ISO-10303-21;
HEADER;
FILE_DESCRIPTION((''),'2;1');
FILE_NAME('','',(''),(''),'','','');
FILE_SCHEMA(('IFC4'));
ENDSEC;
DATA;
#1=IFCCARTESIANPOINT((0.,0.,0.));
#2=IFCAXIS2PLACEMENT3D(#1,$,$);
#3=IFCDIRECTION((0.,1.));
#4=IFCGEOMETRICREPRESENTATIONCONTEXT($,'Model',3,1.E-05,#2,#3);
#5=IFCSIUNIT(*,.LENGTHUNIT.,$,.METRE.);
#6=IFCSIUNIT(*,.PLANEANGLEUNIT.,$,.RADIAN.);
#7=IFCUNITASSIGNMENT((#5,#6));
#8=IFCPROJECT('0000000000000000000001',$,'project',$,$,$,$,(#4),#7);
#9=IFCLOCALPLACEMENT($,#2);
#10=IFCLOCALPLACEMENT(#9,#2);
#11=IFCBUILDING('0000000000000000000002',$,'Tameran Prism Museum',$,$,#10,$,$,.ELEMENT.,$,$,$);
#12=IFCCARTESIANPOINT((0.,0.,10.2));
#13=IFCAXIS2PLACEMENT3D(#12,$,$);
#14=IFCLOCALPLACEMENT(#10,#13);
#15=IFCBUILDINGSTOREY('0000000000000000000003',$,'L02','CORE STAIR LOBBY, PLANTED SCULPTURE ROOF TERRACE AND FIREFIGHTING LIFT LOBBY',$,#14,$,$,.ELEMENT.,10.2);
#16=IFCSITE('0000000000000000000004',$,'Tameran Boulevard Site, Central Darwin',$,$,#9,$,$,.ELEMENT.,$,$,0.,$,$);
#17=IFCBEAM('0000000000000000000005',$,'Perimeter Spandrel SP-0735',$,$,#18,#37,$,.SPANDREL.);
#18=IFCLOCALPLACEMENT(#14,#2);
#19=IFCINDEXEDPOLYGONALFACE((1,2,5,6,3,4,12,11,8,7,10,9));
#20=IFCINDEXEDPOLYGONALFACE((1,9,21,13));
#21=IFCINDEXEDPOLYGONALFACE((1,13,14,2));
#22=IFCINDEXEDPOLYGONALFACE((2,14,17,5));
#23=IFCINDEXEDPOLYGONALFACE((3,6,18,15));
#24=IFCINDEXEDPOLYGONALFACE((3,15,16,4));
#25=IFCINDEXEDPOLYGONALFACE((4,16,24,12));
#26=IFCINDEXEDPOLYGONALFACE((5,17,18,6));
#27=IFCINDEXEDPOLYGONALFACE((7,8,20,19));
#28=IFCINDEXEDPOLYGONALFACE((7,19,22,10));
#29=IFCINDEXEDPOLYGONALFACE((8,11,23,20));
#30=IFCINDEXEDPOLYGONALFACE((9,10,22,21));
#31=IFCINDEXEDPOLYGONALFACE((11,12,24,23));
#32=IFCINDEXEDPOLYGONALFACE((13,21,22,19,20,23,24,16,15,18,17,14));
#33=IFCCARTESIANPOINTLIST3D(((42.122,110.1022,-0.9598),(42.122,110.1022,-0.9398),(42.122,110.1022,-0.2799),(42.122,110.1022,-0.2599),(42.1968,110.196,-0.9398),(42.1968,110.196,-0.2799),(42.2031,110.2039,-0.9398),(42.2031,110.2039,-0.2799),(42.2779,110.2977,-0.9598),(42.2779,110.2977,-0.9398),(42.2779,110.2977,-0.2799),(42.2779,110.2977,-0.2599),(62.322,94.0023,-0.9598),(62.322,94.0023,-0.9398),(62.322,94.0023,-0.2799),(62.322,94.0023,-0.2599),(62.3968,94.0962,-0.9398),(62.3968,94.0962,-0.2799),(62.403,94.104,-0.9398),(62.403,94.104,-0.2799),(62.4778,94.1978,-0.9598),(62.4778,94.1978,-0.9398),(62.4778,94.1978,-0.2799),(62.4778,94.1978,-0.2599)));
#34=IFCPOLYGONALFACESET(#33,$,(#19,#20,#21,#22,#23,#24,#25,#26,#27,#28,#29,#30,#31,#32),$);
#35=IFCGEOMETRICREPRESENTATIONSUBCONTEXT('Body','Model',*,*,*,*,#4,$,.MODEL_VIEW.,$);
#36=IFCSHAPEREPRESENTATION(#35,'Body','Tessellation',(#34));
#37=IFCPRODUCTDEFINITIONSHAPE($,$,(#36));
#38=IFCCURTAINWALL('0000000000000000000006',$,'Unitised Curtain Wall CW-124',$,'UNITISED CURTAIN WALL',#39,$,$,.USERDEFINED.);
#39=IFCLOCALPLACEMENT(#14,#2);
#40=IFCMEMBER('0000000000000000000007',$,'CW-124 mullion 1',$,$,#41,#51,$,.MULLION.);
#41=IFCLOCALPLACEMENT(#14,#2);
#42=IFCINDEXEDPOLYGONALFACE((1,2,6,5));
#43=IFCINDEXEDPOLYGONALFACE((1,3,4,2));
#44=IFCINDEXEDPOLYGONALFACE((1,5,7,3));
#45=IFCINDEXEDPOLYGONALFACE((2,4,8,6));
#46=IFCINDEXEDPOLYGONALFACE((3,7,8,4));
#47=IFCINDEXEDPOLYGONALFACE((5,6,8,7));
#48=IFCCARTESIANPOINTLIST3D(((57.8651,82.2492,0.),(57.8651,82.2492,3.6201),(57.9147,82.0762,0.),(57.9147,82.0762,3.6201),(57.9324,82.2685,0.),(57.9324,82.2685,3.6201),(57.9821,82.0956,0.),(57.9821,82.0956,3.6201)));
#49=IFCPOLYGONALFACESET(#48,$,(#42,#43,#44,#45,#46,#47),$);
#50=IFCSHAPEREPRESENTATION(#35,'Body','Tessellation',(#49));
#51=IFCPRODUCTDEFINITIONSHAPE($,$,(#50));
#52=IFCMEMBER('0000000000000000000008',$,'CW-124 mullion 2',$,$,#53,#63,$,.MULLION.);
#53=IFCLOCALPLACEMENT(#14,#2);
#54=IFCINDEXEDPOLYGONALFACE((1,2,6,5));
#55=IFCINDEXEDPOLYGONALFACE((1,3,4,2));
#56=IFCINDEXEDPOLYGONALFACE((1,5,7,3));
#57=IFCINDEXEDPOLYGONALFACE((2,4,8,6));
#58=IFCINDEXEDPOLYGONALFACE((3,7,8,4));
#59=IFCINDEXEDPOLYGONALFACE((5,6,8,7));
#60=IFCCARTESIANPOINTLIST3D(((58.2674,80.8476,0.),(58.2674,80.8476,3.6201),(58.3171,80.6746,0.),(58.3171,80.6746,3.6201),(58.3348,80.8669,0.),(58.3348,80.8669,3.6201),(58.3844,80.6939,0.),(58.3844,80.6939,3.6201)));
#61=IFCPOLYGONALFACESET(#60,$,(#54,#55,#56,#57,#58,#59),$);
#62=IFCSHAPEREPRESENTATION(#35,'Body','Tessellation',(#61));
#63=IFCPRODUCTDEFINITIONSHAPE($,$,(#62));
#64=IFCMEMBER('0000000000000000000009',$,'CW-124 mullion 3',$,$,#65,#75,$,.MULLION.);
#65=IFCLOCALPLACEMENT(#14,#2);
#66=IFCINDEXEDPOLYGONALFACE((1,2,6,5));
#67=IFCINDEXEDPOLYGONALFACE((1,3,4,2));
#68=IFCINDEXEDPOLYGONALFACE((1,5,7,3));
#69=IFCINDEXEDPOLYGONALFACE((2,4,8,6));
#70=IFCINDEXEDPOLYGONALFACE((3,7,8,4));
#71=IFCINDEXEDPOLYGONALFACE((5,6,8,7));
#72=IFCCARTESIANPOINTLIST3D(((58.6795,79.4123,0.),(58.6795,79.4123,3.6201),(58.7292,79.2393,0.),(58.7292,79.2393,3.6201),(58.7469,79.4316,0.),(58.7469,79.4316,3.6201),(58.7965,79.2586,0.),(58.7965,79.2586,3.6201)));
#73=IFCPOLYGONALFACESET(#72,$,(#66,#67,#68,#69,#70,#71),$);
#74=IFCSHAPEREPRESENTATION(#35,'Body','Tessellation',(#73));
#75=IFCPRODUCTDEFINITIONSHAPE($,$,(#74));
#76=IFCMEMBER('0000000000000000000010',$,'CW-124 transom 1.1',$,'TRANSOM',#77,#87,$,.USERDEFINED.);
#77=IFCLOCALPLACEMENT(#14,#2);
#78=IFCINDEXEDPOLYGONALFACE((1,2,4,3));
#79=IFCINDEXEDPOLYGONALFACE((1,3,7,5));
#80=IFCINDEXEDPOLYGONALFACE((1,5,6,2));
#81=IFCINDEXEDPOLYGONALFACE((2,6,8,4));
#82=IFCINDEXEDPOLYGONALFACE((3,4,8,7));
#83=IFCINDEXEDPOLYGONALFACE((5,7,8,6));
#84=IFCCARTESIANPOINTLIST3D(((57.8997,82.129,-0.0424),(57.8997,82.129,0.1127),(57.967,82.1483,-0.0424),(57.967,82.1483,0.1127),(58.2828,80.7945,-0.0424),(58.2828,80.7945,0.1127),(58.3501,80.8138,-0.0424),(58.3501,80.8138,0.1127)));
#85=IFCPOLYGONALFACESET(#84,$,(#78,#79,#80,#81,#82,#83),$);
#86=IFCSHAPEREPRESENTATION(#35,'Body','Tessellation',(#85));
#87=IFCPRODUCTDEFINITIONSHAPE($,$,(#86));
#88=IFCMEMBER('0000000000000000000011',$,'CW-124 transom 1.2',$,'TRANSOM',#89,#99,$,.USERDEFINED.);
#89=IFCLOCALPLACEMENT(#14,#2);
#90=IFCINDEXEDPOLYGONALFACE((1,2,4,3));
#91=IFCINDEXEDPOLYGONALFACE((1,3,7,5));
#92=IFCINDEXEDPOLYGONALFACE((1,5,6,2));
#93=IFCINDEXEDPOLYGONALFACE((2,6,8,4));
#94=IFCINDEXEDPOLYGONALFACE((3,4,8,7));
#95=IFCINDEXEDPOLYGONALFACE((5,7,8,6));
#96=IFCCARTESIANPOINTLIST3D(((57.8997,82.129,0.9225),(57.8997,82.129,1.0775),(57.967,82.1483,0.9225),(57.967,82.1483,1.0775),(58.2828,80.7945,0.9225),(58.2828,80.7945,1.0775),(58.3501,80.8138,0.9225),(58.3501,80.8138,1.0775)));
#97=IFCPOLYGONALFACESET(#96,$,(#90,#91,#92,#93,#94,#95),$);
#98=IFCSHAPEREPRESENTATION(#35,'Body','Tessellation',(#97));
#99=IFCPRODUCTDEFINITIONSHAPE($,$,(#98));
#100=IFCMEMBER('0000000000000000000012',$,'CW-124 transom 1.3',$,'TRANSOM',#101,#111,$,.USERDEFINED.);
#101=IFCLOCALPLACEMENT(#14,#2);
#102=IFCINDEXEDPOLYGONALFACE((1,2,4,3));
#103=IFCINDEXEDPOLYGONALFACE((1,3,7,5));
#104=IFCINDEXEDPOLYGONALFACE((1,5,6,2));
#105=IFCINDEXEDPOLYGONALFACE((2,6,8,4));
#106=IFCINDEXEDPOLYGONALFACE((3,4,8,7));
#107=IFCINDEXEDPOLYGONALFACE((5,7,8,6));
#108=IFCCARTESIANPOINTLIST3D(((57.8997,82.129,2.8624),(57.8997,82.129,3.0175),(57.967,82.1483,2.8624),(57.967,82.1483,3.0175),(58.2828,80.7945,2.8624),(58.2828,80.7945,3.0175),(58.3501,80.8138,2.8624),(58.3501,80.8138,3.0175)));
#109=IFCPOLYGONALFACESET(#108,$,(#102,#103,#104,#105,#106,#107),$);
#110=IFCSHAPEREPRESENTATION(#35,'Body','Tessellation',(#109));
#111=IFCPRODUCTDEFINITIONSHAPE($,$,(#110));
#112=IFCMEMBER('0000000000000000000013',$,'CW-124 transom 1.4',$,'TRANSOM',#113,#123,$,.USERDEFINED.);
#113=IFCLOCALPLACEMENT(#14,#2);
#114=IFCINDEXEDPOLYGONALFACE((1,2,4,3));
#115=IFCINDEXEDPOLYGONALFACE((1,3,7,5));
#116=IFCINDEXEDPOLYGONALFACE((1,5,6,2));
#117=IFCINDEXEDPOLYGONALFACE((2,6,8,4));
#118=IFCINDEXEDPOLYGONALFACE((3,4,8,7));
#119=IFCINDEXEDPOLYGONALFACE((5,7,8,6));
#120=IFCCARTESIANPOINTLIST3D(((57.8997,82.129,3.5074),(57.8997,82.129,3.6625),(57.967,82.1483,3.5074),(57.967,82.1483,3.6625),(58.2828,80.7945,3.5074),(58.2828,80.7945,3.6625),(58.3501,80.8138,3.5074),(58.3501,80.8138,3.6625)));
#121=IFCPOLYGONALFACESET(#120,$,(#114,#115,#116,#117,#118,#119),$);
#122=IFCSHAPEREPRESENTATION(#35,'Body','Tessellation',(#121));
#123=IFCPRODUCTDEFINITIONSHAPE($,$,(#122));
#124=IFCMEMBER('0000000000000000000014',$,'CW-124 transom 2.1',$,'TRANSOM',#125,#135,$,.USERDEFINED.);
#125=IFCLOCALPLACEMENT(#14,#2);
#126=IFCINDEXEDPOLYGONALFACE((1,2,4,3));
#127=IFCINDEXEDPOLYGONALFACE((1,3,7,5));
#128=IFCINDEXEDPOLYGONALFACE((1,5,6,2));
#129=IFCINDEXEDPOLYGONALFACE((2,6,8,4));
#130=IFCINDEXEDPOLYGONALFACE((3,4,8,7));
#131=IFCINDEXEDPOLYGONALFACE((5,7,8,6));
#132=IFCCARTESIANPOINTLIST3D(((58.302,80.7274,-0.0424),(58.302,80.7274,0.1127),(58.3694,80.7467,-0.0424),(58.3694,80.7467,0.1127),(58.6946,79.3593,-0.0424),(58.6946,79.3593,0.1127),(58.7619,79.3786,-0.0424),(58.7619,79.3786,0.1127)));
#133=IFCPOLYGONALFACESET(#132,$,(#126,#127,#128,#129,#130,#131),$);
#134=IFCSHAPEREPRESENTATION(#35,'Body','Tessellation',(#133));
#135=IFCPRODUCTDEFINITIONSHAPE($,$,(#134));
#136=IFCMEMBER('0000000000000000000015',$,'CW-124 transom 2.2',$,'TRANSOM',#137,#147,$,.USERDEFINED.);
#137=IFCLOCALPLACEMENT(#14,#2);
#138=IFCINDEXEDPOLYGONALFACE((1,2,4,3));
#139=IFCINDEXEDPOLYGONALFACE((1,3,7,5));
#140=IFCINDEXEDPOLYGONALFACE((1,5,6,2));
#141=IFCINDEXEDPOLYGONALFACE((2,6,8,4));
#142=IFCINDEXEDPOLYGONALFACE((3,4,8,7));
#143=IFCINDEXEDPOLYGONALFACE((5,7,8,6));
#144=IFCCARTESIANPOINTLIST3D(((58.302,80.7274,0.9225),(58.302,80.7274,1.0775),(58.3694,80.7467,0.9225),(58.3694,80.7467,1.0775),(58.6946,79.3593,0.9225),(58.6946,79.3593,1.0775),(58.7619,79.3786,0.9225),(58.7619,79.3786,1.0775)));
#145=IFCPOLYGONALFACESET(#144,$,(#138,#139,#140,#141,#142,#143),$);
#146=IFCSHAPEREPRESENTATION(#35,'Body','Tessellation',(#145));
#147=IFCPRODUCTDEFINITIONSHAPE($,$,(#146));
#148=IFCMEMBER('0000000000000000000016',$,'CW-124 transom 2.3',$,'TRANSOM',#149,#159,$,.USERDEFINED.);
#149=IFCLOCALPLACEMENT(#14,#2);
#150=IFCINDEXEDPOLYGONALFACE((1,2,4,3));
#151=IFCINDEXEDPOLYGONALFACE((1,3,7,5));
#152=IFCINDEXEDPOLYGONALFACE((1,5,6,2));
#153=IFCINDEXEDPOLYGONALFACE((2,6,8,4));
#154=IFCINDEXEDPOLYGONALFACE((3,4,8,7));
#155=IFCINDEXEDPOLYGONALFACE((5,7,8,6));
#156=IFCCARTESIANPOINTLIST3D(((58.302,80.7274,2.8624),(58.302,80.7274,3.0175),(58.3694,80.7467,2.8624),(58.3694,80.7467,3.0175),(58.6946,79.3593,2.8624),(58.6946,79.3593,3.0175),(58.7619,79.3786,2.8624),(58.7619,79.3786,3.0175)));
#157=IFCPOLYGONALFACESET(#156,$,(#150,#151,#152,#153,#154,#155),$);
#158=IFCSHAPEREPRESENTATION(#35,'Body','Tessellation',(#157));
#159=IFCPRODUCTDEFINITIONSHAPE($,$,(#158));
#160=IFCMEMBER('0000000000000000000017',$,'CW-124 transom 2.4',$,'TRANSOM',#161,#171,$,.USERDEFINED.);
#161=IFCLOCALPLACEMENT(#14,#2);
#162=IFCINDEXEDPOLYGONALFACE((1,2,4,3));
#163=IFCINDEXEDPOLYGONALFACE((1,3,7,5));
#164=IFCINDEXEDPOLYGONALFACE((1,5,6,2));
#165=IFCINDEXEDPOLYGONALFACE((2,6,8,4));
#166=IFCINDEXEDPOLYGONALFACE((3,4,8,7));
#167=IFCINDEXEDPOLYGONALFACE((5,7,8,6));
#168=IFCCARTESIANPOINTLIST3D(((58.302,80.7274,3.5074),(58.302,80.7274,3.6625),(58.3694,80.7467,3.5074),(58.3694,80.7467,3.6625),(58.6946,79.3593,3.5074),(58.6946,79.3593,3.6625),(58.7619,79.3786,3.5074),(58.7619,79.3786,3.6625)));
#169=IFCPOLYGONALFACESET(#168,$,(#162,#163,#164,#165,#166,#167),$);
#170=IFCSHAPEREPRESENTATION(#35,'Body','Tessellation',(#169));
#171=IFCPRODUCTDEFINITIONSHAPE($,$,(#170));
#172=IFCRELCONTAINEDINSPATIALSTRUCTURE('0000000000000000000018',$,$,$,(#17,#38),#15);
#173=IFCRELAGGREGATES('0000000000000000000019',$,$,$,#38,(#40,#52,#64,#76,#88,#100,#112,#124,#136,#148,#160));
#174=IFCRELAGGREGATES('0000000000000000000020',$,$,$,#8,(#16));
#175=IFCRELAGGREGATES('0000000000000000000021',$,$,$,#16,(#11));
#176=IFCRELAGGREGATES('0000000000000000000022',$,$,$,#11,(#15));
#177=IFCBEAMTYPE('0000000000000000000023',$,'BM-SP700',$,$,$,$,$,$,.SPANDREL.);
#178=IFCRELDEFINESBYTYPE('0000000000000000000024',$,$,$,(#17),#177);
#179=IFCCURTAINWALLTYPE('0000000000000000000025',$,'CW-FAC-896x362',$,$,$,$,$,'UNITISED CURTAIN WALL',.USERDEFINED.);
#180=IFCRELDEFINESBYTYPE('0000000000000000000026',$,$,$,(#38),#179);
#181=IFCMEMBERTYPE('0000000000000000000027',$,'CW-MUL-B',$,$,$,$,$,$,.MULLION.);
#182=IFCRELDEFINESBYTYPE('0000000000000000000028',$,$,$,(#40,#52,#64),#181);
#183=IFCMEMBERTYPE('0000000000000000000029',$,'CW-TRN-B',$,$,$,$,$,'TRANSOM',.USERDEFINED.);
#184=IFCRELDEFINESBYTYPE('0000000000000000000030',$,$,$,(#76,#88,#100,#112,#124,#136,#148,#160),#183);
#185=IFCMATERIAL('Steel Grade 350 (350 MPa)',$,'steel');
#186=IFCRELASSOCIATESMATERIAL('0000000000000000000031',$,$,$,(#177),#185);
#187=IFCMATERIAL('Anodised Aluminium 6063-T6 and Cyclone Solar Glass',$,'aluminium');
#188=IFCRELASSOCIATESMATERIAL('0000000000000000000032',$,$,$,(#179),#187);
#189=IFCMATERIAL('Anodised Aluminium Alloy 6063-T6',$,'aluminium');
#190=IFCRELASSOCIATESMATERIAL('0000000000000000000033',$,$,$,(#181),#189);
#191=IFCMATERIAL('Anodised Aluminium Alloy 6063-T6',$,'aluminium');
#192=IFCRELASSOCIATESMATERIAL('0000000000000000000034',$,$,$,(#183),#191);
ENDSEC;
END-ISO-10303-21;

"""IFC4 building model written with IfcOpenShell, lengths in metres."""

from ifc_helpers import new_model, si_unit, direction, frame, origin, origin_2d, place, context, subcontext, project, spatial, rectangle, i_section, extrude, material, material_profile, profile_set, type_object, element, aggregate, save


model = new_model("IFC4")

# Units and contexts
model_context = context("Model", 3, precision=1e-05, world=origin(), true_north=direction((0.0, 1.0)))
body_context = subcontext(model_context, "Body", "Model", "MODEL_VIEW")
ifc_project = project(units=[si_unit("LENGTHUNIT", "METRE"), si_unit("PLANEANGLEUNIT", "RADIAN")], contexts=[model_context])

# Site, building, storey
site_placement = place(None, origin())
site = spatial("IfcSite", under=ifc_project, at=site_placement, Name="Tameran Boulevard Site, Central Darwin", CompositionType="ELEMENT", RefElevation=0.0)
building_placement = place(site_placement, origin())
building = spatial("IfcBuilding", under=site, at=building_placement, Name="Tameran Prism Museum", CompositionType="ELEMENT")
storey_placement = place(building_placement, frame((0.0, 0.0, 10.2)))
storey = spatial("IfcBuildingStorey", under=building, at=storey_placement, Name="L02", Description="CORE STAIR LOBBY, PLANTED SCULPTURE ROOF TERRACE AND FIREFIGHTING LIFT LOBBY", CompositionType="ELEMENT", Elevation=10.2)

# Beam
ifc_material_1 = material(Name="Steel Grade 350 (350 MPa)", Category="steel")
ifc_material_profile_1 = material_profile(ifc_material_1, i_section(OverallWidth=0.25, OverallDepth=0.7, WebThickness=0.01, FlangeThickness=0.02, at=origin_2d()))
ifc_profile_set_1 = profile_set([ifc_material_profile_1])
beam_type_1 = type_object("IfcBeamType", Name="BM-SP700", PredefinedType="SPANDREL", material=ifc_profile_set_1)
beam_1_placement = place(storey_placement, frame((62.3999, 94.1001, -0.6099), z_axis=(-0.782003, 0.623275, 0.0), x_axis=(-0.623275, -0.782003, 0.0)))
element("IfcBeam", 1, at=beam_1_placement, inside=storey, type_object=beam_type_1, Name="Perimeter Spandrel SP-0735", PredefinedType="SPANDREL", context=body_context, shape_type="SweptSolid", body=[
    extrude(i_section(OverallWidth=0.25, OverallDepth=0.7, WebThickness=0.01, FlangeThickness=0.02, at=origin_2d()), origin(), (0.0, 0.0, 1.0), 25.8311),
])

# Curtain wall, members
ifc_material_2 = material(Name="Anodised Aluminium 6063-T6 and Cyclone Solar Glass", Category="aluminium")
curtain_wall_type = type_object("IfcCurtainWallType", Name="CW-FAC-896x362", ElementType="UNITISED CURTAIN WALL", PredefinedType="USERDEFINED", material=ifc_material_2)
curtain_wall_placement = place(storey_placement, origin())
curtain_wall = element("IfcCurtainWall", 2, at=curtain_wall_placement, inside=storey, type_object=curtain_wall_type, Name="Unitised Curtain Wall CW-124", ObjectType="UNITISED CURTAIN WALL", PredefinedType="USERDEFINED")
ifc_material_3 = material(Name="Anodised Aluminium Alloy 6063-T6", Category="aluminium")
ifc_material_profile_2 = material_profile(ifc_material_3, rectangle(XDim=0.0701, YDim=0.1799, at=origin_2d()))
ifc_profile_set_2 = profile_set([ifc_material_profile_2])
member_type_1 = type_object("IfcMemberType", Name="CW-MUL-B", PredefinedType="MULLION", material=ifc_profile_set_2)
member_1_placement = place(storey_placement, frame((57.9236, 82.1724, 0.0), z_axis=(0.0, 0.0, 1.0), x_axis=(0.961186, 0.2759, 0.0)))
member_1 = element("IfcMember", 3, at=member_1_placement, type_object=member_type_1, Name="CW-124 mullion 1", PredefinedType="MULLION", context=body_context, shape_type="SweptSolid", body=[
    extrude(rectangle(XDim=0.0701, YDim=0.1799, at=origin_2d()), origin(), (0.0, 0.0, 1.0), 3.6201),
])
member_2_placement = place(storey_placement, frame((58.3259, 80.7708, 0.0), z_axis=(0.0, 0.0, 1.0), x_axis=(0.961186, 0.2759, 0.0)))
member_2 = element("IfcMember", 4, at=member_2_placement, type_object=member_type_1, Name="CW-124 mullion 2", PredefinedType="MULLION", context=body_context, shape_type="SweptSolid", body=[
    extrude(rectangle(XDim=0.0701, YDim=0.1799, at=origin_2d()), origin(), (0.0, 0.0, 1.0), 3.6201),
])
member_3_placement = place(storey_placement, frame((58.738, 79.3354, 0.0), z_axis=(0.0, 0.0, 1.0), x_axis=(0.961186, 0.2759, 0.0)))
member_3 = element("IfcMember", 5, at=member_3_placement, type_object=member_type_1, Name="CW-124 mullion 3", PredefinedType="MULLION", context=body_context, shape_type="SweptSolid", body=[
    extrude(rectangle(XDim=0.0701, YDim=0.1799, at=origin_2d()), origin(), (0.0, 0.0, 1.0), 3.6201),
])
ifc_material_4 = material(Name="Anodised Aluminium Alloy 6063-T6", Category="aluminium")
ifc_material_profile_3 = material_profile(ifc_material_4, rectangle(XDim=0.0701, YDim=0.155, at=origin_2d()))
ifc_profile_set_3 = profile_set([ifc_material_profile_3])
member_type_2 = type_object("IfcMemberType", Name="CW-TRN-B", ElementType="TRANSOM", PredefinedType="USERDEFINED", material=ifc_profile_set_3)
member_4_placement = place(storey_placement, frame((57.9333, 82.1387, 0.0352), z_axis=(0.275905, -0.961185, 0.0), x_axis=(0.961185, 0.275905, 0.0)))
member_4 = element("IfcMember", 6, at=member_4_placement, type_object=member_type_2, Name="CW-124 transom 1.1", ObjectType="TRANSOM", PredefinedType="USERDEFINED", context=body_context, shape_type="SweptSolid", body=[
    extrude(rectangle(XDim=0.0701, YDim=0.155, at=origin_2d()), origin(), (0.0, 0.0, 1.0), 1.3884),
])
member_5_placement = place(storey_placement, frame((57.9333, 82.1387, 1.0), z_axis=(0.275905, -0.961185, 0.0), x_axis=(0.961185, 0.275905, 0.0)))
member_5 = element("IfcMember", 7, at=member_5_placement, type_object=member_type_2, Name="CW-124 transom 1.2", ObjectType="TRANSOM", PredefinedType="USERDEFINED", context=body_context, shape_type="SweptSolid", body=[
    extrude(rectangle(XDim=0.0701, YDim=0.155, at=origin_2d()), origin(), (0.0, 0.0, 1.0), 1.3884),
])
member_6_placement = place(storey_placement, frame((57.9333, 82.1387, 2.9399), z_axis=(0.275905, -0.961185, 0.0), x_axis=(0.961185, 0.275905, 0.0)))
member_6 = element("IfcMember", 8, at=member_6_placement, type_object=member_type_2, Name="CW-124 transom 1.3", ObjectType="TRANSOM", PredefinedType="USERDEFINED", context=body_context, shape_type="SweptSolid", body=[
    extrude(rectangle(XDim=0.0701, YDim=0.155, at=origin_2d()), origin(), (0.0, 0.0, 1.0), 1.3884),
])
member_7_placement = place(storey_placement, frame((57.9333, 82.1387, 3.585), z_axis=(0.275905, -0.961185, 0.0), x_axis=(0.961185, 0.275905, 0.0)))
member_7 = element("IfcMember", 9, at=member_7_placement, type_object=member_type_2, Name="CW-124 transom 1.4", ObjectType="TRANSOM", PredefinedType="USERDEFINED", context=body_context, shape_type="SweptSolid", body=[
    extrude(rectangle(XDim=0.0701, YDim=0.155, at=origin_2d()), origin(), (0.0, 0.0, 1.0), 1.3884),
])
member_8_placement = place(storey_placement, frame((58.3357, 80.7371, 0.0352), z_axis=(0.275808, -0.961213, 0.0), x_axis=(0.961213, 0.275808, 0.0)))
member_8 = element("IfcMember", 10, at=member_8_placement, type_object=member_type_2, Name="CW-124 transom 2.1", ObjectType="TRANSOM", PredefinedType="USERDEFINED", context=body_context, shape_type="SweptSolid", body=[
    extrude(rectangle(XDim=0.0701, YDim=0.155, at=origin_2d()), origin(), (0.0, 0.0, 1.0), 1.4233),
])
member_9_placement = place(storey_placement, frame((58.3357, 80.7371, 1.0), z_axis=(0.275808, -0.961213, 0.0), x_axis=(0.961213, 0.275808, 0.0)))
member_9 = element("IfcMember", 11, at=member_9_placement, type_object=member_type_2, Name="CW-124 transom 2.2", ObjectType="TRANSOM", PredefinedType="USERDEFINED", context=body_context, shape_type="SweptSolid", body=[
    extrude(rectangle(XDim=0.0701, YDim=0.155, at=origin_2d()), origin(), (0.0, 0.0, 1.0), 1.4233),
])
member_10_placement = place(storey_placement, frame((58.3357, 80.7371, 2.9399), z_axis=(0.275808, -0.961213, 0.0), x_axis=(0.961213, 0.275808, 0.0)))
member_10 = element("IfcMember", 12, at=member_10_placement, type_object=member_type_2, Name="CW-124 transom 2.3", ObjectType="TRANSOM", PredefinedType="USERDEFINED", context=body_context, shape_type="SweptSolid", body=[
    extrude(rectangle(XDim=0.0701, YDim=0.155, at=origin_2d()), origin(), (0.0, 0.0, 1.0), 1.4233),
])
member_11_placement = place(storey_placement, frame((58.3357, 80.7371, 3.585), z_axis=(0.275808, -0.961213, 0.0), x_axis=(0.961213, 0.275808, 0.0)))
member_11 = element("IfcMember", 13, at=member_11_placement, type_object=member_type_2, Name="CW-124 transom 2.4", ObjectType="TRANSOM", PredefinedType="USERDEFINED", context=body_context, shape_type="SweptSolid", body=[
    extrude(rectangle(XDim=0.0701, YDim=0.155, at=origin_2d()), origin(), (0.0, 0.0, 1.0), 1.4233),
])

aggregate(curtain_wall, [member_1, member_2, member_3, member_4, member_5, member_6, member_7, member_8, member_9, member_10, member_11])

save(model, "model.ifc")
